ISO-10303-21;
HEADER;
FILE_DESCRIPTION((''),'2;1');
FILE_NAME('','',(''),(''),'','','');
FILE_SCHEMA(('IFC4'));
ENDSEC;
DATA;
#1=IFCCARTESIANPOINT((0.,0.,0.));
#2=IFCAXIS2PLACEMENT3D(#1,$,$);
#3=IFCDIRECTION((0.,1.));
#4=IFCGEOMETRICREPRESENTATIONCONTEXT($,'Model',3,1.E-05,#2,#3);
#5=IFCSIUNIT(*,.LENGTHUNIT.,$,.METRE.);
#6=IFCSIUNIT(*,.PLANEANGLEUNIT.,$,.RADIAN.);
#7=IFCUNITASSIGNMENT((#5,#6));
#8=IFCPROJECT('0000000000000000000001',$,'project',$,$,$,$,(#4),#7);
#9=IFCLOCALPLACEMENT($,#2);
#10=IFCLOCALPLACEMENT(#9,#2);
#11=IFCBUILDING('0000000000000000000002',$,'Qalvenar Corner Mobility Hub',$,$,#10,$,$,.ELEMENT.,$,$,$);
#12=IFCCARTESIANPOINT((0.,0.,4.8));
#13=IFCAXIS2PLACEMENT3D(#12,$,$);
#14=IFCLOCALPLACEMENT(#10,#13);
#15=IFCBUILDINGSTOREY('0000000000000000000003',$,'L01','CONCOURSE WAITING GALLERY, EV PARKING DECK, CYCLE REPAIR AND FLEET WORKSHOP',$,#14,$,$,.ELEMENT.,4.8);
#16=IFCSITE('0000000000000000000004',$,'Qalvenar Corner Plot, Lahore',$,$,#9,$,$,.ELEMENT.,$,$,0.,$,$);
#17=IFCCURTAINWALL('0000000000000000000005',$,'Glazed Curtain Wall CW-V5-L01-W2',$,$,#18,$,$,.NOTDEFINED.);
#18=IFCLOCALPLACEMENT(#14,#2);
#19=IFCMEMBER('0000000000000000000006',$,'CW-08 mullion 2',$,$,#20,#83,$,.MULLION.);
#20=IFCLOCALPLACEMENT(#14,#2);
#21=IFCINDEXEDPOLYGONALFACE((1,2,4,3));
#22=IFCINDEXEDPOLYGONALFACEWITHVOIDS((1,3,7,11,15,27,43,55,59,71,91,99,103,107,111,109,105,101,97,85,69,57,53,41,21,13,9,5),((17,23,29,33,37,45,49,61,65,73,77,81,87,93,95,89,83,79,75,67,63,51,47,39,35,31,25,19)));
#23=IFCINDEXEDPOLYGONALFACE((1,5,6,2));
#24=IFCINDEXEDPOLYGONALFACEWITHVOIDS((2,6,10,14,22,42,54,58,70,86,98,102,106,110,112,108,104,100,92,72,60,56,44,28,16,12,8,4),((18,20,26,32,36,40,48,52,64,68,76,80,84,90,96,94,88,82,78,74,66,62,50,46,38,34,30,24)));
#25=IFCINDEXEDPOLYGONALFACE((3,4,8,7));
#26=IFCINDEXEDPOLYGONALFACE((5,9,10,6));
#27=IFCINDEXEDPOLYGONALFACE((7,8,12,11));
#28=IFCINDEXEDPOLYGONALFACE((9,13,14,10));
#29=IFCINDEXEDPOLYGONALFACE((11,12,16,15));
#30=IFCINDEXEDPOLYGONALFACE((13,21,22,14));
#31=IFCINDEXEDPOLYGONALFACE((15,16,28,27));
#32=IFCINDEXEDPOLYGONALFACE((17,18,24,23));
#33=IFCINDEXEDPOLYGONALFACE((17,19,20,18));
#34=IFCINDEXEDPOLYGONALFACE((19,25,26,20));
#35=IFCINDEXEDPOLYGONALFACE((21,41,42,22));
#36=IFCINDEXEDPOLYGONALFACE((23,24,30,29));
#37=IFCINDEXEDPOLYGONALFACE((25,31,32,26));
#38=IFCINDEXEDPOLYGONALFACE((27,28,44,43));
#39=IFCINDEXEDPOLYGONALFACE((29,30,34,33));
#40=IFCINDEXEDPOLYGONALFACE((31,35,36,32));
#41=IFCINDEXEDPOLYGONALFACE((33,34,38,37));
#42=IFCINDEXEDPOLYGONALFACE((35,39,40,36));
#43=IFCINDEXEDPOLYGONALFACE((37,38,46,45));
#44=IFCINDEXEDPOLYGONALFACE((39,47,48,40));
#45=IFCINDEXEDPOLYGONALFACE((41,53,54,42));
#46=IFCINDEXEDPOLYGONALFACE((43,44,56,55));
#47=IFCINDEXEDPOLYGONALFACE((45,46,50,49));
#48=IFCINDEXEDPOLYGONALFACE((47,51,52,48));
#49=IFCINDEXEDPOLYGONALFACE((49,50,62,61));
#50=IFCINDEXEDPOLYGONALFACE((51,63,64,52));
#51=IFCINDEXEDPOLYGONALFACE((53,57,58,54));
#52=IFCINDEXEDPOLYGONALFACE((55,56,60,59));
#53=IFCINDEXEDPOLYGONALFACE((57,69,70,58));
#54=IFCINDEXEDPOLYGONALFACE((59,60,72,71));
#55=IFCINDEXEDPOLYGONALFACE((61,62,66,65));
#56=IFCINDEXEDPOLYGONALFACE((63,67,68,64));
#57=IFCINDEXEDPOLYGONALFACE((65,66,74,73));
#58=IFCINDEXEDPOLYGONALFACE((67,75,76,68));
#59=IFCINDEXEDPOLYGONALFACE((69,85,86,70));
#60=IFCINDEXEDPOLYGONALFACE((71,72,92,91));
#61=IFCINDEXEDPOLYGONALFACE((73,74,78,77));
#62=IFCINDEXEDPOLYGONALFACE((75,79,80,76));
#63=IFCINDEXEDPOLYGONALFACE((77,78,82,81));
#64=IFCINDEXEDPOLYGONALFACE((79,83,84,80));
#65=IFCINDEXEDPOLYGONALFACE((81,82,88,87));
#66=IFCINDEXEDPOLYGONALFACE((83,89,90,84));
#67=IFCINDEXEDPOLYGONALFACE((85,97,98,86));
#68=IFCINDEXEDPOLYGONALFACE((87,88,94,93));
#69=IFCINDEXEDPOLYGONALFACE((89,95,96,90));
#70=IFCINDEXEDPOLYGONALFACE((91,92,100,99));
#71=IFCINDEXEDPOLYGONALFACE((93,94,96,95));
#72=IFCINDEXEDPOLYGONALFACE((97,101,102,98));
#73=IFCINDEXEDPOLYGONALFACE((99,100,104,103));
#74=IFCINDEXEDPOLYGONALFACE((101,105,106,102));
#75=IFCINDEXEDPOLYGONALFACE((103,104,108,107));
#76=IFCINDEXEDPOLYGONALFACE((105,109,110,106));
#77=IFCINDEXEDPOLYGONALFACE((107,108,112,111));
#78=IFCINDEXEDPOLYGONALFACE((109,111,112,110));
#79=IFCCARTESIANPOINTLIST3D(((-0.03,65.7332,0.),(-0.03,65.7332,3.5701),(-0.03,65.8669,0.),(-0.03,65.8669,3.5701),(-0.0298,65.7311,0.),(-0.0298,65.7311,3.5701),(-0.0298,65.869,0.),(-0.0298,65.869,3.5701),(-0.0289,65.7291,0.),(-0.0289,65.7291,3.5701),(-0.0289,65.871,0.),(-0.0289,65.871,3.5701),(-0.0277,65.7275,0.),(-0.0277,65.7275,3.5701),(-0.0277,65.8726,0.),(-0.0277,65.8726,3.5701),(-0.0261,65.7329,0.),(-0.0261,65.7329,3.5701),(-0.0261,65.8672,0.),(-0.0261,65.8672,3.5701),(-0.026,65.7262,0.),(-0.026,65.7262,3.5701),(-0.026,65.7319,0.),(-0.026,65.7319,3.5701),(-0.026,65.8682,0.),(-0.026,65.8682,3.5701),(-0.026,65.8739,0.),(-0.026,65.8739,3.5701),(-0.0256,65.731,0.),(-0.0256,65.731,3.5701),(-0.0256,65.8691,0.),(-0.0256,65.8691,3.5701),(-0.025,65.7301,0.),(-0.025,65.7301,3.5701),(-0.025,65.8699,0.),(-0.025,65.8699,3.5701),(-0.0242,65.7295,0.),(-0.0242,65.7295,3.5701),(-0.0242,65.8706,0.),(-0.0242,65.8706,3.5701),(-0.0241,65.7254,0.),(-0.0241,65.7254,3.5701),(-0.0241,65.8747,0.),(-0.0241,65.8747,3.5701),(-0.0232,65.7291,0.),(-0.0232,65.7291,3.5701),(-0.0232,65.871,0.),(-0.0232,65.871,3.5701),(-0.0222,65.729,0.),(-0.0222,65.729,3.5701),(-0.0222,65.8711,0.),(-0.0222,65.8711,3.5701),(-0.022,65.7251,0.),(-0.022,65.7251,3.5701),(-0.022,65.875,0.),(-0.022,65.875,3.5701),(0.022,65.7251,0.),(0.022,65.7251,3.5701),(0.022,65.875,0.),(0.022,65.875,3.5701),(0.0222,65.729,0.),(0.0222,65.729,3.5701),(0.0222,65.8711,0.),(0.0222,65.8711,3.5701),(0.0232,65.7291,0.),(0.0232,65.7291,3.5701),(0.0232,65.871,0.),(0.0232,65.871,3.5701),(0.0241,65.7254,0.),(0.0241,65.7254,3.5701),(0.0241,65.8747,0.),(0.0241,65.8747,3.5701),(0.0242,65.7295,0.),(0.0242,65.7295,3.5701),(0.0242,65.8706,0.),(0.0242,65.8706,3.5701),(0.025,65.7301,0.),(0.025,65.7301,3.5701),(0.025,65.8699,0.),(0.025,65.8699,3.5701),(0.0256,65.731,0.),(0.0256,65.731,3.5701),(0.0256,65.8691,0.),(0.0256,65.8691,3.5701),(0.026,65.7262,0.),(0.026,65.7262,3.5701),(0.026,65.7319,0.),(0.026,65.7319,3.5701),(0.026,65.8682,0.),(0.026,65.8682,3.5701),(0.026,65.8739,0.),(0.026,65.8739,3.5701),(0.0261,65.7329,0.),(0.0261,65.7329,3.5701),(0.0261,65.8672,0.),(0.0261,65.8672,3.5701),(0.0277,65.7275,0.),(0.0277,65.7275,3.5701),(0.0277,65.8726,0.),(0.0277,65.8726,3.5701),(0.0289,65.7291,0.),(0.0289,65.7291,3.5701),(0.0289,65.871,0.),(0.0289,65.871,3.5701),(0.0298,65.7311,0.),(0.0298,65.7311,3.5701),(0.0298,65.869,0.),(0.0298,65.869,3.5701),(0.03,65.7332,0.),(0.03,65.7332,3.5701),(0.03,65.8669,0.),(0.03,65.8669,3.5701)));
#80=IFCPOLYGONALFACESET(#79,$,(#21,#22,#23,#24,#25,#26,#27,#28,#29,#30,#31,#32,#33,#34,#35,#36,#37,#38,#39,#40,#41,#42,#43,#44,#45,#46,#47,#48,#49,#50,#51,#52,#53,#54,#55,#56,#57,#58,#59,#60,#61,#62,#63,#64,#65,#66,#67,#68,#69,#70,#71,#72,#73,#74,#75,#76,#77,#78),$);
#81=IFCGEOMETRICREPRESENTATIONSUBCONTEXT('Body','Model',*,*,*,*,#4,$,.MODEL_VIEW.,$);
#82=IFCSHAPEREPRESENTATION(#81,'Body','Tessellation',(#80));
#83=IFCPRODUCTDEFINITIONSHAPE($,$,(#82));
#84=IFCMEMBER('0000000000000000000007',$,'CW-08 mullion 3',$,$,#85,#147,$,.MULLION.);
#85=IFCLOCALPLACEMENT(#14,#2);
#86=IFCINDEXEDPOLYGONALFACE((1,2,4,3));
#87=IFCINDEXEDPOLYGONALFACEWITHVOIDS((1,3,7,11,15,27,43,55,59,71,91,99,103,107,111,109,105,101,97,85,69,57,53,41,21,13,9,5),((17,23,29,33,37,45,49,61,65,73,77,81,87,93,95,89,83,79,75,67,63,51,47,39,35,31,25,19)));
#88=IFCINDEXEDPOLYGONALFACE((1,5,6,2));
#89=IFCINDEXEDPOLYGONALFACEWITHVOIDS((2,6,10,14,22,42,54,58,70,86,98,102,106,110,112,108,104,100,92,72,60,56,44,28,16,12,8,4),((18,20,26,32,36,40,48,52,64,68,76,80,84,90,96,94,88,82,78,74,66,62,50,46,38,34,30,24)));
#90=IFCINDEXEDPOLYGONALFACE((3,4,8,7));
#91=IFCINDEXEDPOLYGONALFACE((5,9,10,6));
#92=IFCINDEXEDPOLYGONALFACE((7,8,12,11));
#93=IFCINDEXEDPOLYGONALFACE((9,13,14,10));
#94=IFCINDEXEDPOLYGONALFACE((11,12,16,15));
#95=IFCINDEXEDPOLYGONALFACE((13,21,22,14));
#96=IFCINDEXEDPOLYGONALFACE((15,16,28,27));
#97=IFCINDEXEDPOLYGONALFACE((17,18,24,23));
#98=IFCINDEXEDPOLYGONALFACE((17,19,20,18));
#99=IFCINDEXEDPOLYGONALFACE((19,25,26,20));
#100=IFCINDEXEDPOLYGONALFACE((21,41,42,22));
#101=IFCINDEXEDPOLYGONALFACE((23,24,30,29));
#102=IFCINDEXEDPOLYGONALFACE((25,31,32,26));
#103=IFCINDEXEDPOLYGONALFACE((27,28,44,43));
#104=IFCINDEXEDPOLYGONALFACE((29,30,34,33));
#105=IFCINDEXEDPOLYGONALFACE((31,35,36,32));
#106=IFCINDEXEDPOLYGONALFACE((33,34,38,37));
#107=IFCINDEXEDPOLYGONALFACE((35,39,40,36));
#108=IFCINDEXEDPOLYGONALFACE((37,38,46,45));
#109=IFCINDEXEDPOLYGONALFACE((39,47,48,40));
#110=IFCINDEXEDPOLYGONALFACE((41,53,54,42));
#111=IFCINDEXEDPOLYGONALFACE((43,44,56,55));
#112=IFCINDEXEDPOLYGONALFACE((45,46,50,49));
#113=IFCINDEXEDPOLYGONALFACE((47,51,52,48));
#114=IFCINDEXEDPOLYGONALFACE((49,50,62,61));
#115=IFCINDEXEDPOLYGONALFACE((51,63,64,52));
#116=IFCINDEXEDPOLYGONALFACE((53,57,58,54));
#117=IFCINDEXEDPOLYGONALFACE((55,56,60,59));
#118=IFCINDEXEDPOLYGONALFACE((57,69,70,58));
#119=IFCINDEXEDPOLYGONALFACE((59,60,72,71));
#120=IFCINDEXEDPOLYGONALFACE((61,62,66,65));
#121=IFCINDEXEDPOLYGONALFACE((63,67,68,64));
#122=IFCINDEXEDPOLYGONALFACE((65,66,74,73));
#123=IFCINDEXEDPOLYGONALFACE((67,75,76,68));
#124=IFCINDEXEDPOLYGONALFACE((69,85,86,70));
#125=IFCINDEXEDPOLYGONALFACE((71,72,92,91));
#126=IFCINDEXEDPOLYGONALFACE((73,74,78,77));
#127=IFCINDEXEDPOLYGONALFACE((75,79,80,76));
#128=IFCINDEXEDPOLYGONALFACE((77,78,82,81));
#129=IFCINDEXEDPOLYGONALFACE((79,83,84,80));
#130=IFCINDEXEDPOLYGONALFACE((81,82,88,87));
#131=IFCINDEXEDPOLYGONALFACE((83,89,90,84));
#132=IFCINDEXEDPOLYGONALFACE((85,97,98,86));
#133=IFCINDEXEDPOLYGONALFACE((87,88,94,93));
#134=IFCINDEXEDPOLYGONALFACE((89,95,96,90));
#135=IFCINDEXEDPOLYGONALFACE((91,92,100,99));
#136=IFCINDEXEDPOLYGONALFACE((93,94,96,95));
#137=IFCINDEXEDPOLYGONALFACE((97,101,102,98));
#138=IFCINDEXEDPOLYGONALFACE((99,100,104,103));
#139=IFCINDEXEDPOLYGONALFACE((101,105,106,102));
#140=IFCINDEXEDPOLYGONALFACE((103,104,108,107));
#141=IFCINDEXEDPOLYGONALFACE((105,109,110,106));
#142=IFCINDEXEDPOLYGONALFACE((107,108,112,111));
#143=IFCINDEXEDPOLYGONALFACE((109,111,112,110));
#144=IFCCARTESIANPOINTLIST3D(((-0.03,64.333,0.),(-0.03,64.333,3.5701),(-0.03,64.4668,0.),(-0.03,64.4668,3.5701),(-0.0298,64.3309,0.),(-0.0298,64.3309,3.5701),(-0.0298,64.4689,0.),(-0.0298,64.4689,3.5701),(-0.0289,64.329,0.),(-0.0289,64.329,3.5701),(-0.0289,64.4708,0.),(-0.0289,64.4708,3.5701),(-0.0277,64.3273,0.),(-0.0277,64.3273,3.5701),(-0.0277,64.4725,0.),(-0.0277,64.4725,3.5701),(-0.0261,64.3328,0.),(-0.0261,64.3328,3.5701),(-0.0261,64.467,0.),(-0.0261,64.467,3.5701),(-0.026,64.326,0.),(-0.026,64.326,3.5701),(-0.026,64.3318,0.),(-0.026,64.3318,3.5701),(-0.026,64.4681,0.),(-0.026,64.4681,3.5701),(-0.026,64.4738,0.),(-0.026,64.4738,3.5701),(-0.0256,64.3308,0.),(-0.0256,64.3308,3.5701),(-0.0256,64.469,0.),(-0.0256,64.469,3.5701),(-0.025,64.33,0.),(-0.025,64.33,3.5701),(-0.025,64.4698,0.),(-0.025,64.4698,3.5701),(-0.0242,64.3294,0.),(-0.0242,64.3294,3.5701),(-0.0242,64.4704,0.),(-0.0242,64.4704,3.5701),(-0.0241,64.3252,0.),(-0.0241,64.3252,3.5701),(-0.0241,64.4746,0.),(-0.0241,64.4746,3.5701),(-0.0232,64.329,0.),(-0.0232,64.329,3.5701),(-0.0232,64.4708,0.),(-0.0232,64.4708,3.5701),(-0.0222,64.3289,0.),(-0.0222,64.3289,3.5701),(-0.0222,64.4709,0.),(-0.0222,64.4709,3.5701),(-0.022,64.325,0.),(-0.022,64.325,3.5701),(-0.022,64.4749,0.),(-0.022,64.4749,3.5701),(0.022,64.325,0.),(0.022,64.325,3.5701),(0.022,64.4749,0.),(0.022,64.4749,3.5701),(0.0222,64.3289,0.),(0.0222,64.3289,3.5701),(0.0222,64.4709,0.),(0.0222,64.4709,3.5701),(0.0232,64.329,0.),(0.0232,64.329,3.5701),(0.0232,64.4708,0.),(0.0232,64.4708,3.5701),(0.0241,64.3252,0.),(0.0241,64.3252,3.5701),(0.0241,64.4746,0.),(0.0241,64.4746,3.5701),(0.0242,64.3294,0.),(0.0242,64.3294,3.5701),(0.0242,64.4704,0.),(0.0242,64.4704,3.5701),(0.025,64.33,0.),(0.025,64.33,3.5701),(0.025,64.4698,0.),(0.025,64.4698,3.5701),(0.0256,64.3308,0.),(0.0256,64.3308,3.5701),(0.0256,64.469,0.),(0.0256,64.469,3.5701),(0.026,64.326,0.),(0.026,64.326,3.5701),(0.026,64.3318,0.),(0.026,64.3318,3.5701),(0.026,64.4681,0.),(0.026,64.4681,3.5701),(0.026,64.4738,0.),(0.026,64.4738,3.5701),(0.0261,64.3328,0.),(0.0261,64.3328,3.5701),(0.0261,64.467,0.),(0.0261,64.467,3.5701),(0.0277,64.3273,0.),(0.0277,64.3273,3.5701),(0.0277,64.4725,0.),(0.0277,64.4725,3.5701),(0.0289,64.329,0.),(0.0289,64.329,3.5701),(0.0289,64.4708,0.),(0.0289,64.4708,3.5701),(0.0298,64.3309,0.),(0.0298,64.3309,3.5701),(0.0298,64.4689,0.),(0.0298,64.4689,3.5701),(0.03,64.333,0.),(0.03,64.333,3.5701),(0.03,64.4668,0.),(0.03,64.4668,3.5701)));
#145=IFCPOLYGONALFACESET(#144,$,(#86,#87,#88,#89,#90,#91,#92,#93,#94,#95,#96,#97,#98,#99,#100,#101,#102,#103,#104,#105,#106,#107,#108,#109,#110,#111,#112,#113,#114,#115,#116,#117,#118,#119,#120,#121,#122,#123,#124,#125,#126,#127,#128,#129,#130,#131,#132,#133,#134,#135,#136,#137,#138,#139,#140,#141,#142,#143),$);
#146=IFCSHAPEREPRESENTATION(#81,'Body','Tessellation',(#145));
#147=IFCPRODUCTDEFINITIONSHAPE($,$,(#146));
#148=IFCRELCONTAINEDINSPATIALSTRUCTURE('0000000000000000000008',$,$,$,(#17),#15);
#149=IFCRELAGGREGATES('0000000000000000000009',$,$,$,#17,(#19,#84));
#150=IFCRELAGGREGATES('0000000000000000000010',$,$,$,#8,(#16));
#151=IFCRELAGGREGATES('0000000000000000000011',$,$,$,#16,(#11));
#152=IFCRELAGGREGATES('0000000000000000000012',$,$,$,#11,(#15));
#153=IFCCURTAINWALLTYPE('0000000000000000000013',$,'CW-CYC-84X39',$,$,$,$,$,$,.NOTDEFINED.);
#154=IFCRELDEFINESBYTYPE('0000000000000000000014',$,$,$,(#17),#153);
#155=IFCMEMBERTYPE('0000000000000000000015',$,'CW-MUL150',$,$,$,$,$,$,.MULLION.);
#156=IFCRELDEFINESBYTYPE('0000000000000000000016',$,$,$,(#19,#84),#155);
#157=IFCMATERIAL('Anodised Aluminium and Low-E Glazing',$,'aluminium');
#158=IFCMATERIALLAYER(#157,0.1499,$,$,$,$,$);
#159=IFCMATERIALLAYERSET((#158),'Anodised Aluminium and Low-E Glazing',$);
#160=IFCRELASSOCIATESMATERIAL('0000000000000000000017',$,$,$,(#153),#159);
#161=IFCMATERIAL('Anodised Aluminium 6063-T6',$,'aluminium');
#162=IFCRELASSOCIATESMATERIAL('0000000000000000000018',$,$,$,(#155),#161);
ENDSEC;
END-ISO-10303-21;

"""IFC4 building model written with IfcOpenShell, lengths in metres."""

from ifc_helpers import new_model, si_unit, direction, frame, origin, origin_2d, place, context, subcontext, project, spatial, hollow_rectangle, extrude, material, layer, layer_set, material_profile, profile_set, type_object, element, aggregate, save


model = new_model("IFC4")

# Units and contexts
model_context = context("Model", 3, precision=1e-05, world=origin(), true_north=direction((0.0, 1.0)))
body_context = subcontext(model_context, "Body", "Model", "MODEL_VIEW")
ifc_project = project(units=[si_unit("LENGTHUNIT", "METRE"), si_unit("PLANEANGLEUNIT", "RADIAN")], contexts=[model_context])

# Site, building, storey
site_placement = place(None, origin())
site = spatial("IfcSite", under=ifc_project, at=site_placement, Name="Qalvenar Corner Plot, Lahore", CompositionType="ELEMENT", RefElevation=0.0)
building_placement = place(site_placement, origin())
building = spatial("IfcBuilding", under=site, at=building_placement, Name="Qalvenar Corner Mobility Hub", CompositionType="ELEMENT")
storey_placement = place(building_placement, frame((0.0, 0.0, 4.8)))
storey = spatial("IfcBuildingStorey", under=building, at=storey_placement, Name="L01", Description="CONCOURSE WAITING GALLERY, EV PARKING DECK, CYCLE REPAIR AND FLEET WORKSHOP", CompositionType="ELEMENT", Elevation=4.8)

# Curtain wall, members
ifc_material_1 = material(Name="Anodised Aluminium and Low-E Glazing", Category="aluminium")
ifc_layer_1 = layer(ifc_material_1, 0.1499)
ifc_layer_set_1 = layer_set([ifc_layer_1], Name="Anodised Aluminium and Low-E Glazing")
curtain_wall_type = type_object("IfcCurtainWallType", Name="CW-CYC-84X39", PredefinedType="NOTDEFINED", material=ifc_layer_set_1)
curtain_wall_placement = place(storey_placement, origin())
curtain_wall = element("IfcCurtainWall", 1, at=curtain_wall_placement, inside=storey, type_object=curtain_wall_type, Name="Glazed Curtain Wall CW-V5-L01-W2", PredefinedType="NOTDEFINED")
ifc_material_2 = material(Name="Anodised Aluminium 6063-T6", Category="aluminium")
ifc_material_profile_1 = material_profile(ifc_material_2, hollow_rectangle(XDim=0.0601, YDim=0.1499, WallThickness=0.0039, InnerFilletRadius=0.0039, OuterFilletRadius=0.0081, at=origin_2d()), Name="RHS150x60x4")
ifc_profile_set_1 = profile_set([ifc_material_profile_1], Name="Anodised Aluminium 6063-T6")
member_type_1 = type_object("IfcMemberType", Name="CW-MUL150", PredefinedType="MULLION", material=ifc_profile_set_1)
member_1_placement = place(storey_placement, frame((0.0, 65.8, 0.0), z_axis=(0.0, 0.0, 1.0), x_axis=(1.0, 0.0, 0.0)))
member_1 = element("IfcMember", 2, at=member_1_placement, type_object=member_type_1, Name="CW-08 mullion 2", PredefinedType="MULLION", context=body_context, shape_type="SweptSolid", body=[
    extrude(hollow_rectangle(XDim=0.0601, YDim=0.1499, WallThickness=0.0039, InnerFilletRadius=0.0039, OuterFilletRadius=0.0081, at=origin_2d()), origin(), (0.0, 0.0, 1.0), 3.5701),
])
member_2_placement = place(storey_placement, frame((0.0, 64.3999, 0.0), z_axis=(0.0, 0.0, 1.0), x_axis=(1.0, 0.0, 0.0)))
member_2 = element("IfcMember", 3, at=member_2_placement, type_object=member_type_1, Name="CW-08 mullion 3", PredefinedType="MULLION", context=body_context, shape_type="SweptSolid", body=[
    extrude(hollow_rectangle(XDim=0.0601, YDim=0.1499, WallThickness=0.0039, InnerFilletRadius=0.0039, OuterFilletRadius=0.0081, at=origin_2d()), origin(), (0.0, 0.0, 1.0), 3.5701),
])
aggregate(curtain_wall, [member_1, member_2])

save(model, "model.ifc")
